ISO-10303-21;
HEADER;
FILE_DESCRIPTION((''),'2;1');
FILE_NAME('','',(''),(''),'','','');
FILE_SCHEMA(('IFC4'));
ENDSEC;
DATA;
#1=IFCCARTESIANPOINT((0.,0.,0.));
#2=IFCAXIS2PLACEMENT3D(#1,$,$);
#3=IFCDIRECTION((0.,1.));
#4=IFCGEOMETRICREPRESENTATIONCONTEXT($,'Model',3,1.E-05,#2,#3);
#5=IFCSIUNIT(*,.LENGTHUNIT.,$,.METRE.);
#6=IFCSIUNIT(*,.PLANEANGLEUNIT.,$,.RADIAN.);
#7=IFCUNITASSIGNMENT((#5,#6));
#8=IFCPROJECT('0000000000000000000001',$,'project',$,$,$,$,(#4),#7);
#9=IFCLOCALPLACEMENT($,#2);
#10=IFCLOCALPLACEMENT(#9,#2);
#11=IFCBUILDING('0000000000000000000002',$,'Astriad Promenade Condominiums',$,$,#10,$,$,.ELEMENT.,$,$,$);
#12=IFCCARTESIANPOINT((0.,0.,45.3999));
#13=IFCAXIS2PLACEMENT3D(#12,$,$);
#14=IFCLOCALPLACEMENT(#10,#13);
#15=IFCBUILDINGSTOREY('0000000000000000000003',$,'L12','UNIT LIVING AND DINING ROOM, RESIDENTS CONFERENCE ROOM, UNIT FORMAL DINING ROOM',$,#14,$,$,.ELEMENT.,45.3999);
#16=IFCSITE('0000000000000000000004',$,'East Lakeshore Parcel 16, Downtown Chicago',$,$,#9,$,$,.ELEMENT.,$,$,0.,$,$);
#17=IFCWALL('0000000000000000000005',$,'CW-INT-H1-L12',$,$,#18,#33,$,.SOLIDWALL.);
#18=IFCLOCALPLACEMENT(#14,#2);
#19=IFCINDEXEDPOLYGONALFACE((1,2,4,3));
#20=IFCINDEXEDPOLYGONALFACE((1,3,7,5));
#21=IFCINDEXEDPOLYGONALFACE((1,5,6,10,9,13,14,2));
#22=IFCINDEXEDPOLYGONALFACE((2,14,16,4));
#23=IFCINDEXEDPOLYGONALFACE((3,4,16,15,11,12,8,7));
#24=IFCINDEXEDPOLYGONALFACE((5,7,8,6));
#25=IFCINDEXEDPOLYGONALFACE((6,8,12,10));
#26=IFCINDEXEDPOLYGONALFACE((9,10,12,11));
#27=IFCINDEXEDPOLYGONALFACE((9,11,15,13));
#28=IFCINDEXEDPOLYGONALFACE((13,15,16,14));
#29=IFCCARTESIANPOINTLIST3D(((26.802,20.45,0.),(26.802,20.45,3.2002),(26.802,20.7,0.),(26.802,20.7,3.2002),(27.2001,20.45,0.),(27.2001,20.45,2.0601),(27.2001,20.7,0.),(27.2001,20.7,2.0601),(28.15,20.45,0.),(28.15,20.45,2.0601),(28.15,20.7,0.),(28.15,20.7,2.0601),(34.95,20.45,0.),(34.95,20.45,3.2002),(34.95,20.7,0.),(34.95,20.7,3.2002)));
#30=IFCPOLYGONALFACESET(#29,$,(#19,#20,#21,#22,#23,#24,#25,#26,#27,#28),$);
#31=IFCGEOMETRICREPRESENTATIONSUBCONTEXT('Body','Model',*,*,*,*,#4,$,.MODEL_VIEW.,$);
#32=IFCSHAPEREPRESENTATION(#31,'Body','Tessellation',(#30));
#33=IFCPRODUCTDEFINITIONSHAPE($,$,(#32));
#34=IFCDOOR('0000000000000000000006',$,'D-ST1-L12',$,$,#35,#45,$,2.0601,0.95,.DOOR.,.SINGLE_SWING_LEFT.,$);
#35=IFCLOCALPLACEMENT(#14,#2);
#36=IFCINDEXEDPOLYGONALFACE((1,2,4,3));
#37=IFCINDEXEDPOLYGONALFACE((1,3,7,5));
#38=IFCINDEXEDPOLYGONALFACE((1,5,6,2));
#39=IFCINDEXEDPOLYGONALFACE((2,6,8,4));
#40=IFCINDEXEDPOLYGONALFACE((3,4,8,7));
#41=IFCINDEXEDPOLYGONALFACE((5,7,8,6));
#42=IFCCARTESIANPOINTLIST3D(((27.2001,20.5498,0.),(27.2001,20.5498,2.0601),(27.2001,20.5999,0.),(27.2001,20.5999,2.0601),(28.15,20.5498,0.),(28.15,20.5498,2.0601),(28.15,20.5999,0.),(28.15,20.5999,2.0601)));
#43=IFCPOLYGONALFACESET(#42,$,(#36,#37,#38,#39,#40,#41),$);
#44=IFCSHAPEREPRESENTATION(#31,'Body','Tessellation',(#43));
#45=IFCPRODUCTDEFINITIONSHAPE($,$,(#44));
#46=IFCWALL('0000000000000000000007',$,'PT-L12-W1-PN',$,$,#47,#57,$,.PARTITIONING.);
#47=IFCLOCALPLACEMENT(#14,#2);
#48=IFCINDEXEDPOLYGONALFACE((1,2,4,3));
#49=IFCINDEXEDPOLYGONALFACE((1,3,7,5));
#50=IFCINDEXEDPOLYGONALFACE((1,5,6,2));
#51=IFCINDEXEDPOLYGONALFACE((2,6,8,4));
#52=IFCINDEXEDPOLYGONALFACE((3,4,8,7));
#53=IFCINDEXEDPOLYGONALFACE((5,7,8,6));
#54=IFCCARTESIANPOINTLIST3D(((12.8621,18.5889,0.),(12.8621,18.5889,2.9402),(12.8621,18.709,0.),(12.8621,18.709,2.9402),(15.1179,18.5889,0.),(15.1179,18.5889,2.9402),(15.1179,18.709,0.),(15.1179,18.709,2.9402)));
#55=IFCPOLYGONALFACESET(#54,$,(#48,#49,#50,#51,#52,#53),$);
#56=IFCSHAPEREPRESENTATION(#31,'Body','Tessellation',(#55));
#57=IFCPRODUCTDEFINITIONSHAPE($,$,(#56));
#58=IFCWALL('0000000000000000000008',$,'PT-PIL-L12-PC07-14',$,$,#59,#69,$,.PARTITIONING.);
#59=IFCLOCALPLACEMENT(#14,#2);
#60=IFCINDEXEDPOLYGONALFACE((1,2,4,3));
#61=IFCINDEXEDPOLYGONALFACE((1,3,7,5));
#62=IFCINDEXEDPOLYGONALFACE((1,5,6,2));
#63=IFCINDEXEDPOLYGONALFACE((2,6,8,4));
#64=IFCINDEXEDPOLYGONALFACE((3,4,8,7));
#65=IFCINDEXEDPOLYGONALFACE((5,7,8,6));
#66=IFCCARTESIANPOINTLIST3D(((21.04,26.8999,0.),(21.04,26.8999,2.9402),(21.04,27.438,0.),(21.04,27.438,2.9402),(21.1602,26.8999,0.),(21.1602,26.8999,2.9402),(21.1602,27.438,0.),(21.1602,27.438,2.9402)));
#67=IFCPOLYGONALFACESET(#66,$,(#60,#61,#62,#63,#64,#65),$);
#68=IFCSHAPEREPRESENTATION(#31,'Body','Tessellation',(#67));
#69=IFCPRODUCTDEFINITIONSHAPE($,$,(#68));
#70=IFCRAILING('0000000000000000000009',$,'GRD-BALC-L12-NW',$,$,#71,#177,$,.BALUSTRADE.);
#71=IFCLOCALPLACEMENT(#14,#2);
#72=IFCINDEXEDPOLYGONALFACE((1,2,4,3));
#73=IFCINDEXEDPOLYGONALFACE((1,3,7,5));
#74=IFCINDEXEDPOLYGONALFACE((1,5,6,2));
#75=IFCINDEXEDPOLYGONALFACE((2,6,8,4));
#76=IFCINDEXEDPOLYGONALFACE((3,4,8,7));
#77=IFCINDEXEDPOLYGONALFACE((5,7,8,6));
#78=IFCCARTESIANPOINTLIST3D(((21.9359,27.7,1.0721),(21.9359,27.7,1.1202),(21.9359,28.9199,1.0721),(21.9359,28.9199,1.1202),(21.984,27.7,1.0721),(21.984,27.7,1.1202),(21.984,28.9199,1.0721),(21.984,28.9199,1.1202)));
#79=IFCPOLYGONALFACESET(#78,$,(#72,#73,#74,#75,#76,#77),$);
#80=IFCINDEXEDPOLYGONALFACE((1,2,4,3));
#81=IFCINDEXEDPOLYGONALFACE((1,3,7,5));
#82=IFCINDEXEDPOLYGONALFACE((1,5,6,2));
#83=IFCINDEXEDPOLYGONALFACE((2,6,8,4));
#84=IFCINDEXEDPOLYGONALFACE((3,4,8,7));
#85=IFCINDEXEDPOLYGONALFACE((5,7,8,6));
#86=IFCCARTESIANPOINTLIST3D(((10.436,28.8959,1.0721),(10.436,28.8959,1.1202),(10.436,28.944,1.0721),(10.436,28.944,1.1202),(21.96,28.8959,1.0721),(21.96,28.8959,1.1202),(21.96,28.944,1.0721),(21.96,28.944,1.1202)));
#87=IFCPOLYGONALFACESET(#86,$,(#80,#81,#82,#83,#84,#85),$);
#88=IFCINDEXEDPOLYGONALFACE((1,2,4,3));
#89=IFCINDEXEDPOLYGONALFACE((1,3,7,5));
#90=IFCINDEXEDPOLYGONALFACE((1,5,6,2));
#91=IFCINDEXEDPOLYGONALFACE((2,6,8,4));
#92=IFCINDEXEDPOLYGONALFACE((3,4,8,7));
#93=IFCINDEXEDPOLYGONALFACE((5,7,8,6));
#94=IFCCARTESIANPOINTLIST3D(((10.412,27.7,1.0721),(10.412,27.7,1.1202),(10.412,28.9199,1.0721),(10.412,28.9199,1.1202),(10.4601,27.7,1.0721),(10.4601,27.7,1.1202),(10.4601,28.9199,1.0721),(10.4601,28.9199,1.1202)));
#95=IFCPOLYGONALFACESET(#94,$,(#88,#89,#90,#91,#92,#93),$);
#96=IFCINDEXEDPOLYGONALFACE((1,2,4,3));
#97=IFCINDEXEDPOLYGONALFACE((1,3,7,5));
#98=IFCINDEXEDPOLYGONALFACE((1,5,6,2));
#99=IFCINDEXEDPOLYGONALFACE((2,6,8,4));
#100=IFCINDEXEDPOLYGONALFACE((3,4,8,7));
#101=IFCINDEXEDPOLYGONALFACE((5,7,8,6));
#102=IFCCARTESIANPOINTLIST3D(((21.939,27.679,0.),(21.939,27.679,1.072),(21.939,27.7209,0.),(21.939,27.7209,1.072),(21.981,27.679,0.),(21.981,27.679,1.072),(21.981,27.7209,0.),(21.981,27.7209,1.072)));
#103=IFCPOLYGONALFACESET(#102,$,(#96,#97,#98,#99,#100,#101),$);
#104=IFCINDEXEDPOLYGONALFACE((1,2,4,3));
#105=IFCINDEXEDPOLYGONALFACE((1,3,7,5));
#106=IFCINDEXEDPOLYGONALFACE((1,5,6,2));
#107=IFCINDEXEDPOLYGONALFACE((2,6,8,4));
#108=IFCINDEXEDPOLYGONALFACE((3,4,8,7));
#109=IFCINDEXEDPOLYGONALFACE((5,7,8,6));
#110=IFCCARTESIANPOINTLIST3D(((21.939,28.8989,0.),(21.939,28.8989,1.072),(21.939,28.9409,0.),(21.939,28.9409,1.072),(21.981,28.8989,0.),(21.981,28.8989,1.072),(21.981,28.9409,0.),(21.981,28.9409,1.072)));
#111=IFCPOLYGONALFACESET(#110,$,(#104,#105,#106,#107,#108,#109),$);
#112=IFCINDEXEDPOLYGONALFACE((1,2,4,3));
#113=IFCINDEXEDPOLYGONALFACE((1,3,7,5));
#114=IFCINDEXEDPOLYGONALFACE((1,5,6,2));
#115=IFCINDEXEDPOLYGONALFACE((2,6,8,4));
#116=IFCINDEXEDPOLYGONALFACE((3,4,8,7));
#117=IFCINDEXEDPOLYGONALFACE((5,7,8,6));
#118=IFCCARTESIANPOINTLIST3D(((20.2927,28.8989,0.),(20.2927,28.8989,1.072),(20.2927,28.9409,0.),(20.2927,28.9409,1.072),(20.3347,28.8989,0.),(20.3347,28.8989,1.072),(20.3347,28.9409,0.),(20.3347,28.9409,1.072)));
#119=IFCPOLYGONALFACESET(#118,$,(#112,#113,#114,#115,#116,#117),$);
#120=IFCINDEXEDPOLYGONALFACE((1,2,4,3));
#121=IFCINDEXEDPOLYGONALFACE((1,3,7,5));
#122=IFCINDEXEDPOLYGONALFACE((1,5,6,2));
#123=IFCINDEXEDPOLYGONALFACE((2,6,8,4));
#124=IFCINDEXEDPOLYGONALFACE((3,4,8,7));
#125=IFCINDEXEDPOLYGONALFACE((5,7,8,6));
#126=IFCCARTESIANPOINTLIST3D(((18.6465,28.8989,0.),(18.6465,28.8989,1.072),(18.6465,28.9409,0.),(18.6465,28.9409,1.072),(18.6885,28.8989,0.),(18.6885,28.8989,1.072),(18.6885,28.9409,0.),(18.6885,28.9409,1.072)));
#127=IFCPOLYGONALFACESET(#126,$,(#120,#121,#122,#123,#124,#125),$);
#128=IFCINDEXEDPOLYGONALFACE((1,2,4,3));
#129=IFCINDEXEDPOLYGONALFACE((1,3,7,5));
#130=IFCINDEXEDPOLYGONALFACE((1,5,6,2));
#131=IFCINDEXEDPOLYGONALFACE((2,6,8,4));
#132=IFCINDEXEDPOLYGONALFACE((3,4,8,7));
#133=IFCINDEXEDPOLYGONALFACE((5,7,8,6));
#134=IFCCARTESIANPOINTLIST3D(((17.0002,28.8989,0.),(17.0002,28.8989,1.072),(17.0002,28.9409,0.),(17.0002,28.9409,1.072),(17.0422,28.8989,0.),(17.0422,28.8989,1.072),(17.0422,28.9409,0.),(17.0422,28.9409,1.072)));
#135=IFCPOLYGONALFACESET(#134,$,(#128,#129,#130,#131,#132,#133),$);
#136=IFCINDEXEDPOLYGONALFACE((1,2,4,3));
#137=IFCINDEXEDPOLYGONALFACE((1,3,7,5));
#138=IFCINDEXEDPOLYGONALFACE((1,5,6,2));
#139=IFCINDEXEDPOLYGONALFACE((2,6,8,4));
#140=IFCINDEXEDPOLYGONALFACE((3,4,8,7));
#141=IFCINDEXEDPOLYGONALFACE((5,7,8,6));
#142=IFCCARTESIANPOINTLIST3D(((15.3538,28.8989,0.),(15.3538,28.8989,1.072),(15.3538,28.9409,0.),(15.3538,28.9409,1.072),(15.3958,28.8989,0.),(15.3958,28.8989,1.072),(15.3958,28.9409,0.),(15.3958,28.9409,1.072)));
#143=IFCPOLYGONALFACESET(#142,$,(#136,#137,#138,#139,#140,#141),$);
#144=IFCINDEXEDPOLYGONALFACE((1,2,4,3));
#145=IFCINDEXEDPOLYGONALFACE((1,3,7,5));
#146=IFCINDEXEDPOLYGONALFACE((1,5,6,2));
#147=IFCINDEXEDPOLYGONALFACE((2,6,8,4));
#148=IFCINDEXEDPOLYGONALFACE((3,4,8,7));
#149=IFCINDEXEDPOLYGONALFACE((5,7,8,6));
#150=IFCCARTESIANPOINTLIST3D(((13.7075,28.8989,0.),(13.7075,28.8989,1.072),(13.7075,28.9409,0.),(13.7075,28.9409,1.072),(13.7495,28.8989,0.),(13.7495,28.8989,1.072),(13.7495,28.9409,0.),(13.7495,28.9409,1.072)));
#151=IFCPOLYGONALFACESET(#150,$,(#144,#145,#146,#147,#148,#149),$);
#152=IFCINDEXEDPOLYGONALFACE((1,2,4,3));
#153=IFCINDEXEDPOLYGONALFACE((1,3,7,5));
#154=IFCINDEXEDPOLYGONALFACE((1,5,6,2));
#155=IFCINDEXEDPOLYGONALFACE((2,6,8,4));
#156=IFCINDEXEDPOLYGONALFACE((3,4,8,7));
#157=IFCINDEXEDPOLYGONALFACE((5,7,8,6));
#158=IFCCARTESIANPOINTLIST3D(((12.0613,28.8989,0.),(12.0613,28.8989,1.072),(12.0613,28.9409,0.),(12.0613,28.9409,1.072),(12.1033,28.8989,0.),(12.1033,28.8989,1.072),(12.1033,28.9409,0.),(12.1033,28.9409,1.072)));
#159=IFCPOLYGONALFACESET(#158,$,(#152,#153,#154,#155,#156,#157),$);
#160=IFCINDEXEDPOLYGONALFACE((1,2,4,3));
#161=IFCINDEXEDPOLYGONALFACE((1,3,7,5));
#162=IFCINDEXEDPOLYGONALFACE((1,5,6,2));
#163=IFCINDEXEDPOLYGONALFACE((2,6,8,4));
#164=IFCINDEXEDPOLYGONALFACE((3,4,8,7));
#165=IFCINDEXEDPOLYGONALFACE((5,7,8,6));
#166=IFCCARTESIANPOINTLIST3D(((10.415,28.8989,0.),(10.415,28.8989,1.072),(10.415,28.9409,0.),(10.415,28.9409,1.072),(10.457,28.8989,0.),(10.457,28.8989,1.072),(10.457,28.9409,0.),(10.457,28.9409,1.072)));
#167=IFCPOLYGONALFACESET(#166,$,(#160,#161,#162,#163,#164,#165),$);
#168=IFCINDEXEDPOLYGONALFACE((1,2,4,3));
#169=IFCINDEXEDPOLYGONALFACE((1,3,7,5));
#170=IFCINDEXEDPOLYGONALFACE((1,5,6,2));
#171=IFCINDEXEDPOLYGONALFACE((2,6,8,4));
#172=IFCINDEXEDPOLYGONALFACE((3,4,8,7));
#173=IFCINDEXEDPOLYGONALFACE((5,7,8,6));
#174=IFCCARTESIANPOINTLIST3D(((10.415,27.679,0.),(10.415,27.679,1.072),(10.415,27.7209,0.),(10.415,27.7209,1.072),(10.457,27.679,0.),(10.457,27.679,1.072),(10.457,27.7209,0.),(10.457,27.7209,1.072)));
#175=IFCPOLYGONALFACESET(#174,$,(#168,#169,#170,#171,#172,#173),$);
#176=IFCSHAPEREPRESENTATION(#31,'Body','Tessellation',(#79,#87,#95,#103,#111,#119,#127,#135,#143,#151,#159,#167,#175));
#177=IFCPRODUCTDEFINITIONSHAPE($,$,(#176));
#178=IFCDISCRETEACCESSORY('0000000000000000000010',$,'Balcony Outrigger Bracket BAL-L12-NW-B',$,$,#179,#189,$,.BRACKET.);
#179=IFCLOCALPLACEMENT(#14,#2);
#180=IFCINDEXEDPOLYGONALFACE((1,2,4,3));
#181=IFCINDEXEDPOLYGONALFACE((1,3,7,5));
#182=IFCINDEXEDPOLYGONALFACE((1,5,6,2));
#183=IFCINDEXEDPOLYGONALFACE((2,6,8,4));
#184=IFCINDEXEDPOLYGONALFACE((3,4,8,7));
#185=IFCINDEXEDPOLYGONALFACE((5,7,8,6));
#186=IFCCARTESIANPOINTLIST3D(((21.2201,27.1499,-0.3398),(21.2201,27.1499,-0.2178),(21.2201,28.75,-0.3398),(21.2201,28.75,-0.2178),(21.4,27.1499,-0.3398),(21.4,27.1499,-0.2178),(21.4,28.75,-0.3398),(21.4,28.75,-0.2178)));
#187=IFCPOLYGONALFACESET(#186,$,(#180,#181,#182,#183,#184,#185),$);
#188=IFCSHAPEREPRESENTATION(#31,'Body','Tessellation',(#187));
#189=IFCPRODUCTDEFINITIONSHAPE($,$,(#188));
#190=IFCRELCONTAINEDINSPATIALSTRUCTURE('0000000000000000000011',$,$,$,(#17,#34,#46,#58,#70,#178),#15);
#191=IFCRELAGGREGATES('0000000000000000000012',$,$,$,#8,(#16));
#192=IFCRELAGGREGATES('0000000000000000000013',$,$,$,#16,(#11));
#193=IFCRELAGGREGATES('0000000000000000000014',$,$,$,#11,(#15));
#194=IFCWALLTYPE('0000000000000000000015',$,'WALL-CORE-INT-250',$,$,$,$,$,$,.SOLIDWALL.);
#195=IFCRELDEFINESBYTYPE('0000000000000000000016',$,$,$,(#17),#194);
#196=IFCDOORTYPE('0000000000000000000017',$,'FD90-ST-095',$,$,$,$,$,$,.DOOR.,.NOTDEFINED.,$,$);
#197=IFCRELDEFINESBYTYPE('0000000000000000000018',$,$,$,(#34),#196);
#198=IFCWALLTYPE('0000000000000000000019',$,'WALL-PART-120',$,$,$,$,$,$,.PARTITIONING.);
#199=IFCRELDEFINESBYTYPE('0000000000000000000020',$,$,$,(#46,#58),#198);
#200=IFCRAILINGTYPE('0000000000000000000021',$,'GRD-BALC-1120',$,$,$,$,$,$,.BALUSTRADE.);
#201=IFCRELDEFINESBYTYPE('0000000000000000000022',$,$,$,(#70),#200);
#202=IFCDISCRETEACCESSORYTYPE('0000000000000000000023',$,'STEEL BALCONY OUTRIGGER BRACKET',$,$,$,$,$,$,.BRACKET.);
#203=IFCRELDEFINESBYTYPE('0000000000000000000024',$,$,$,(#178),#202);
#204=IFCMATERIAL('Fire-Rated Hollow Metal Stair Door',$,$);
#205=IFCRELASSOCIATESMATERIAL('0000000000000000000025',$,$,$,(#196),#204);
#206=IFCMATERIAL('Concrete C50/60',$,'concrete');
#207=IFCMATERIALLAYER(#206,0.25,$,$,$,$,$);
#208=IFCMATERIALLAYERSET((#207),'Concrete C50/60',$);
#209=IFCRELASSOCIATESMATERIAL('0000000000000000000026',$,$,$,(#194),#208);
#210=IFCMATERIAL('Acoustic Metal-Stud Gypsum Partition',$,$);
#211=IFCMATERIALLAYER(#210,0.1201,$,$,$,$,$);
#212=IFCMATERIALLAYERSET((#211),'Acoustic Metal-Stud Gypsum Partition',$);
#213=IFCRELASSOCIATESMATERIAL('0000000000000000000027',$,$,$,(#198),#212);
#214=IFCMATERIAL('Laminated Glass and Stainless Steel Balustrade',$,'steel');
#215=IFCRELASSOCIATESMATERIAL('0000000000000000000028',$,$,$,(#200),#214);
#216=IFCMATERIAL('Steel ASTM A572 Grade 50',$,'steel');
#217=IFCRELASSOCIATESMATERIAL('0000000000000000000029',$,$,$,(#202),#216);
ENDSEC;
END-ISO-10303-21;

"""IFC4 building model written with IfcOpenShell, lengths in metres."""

from ifc_helpers import new_model, si_unit, direction, frame, frame_2d, origin, origin_2d, place, context, subcontext, project, spatial, rectangle, extrude, source, transform, mapped, material, layer, layer_set, type_object, type_shapes, element, fill, save


model = new_model("IFC4")

# Units and contexts
model_context = context("Model", 3, precision=1e-05, world=origin(), true_north=direction((0.0, 1.0)))
body_context = subcontext(model_context, "Body", "Model", "MODEL_VIEW")
ifc_project = project(units=[si_unit("LENGTHUNIT", "METRE"), si_unit("PLANEANGLEUNIT", "RADIAN")], contexts=[model_context])

# Site, building, storey
site_placement = place(None, origin())
site = spatial("IfcSite", under=ifc_project, at=site_placement, Name="East Lakeshore Parcel 16, Downtown Chicago", CompositionType="ELEMENT", RefElevation=0.0)
building_placement = place(site_placement, origin())
building = spatial("IfcBuilding", under=site, at=building_placement, Name="Astriad Promenade Condominiums", CompositionType="ELEMENT")
storey_placement = place(building_placement, frame((0.0, 0.0, 45.3999)))
storey = spatial("IfcBuildingStorey", under=building, at=storey_placement, Name="L12", Description="UNIT LIVING AND DINING ROOM, RESIDENTS CONFERENCE ROOM, UNIT FORMAL DINING ROOM", CompositionType="ELEMENT", Elevation=45.3999)

# Shared definitions
ifc_material_1 = material(Name="Fire-Rated Hollow Metal Stair Door")
door_type_1 = type_object("IfcDoorType", Name="FD90-ST-095", OperationType="NOTDEFINED", PredefinedType="DOOR", material=ifc_material_1)
shared_shape_1 = source(origin(), body_context, "Body", "SweptSolid", [
    extrude(rectangle(XDim=0.95, YDim=2.0601, at=frame_2d((0.4751, 1.03))), frame((0.0, 0.0249, 0.0), z_axis=(0.0, -1.0, 0.0), x_axis=(1.0, 0.0, 0.0)), (0.0, 0.0, 1.0), 0.05),
])
type_shapes(door_type_1, [shared_shape_1])

# Wall, opening, door
ifc_material_2 = material(Name="Concrete C50/60", Category="concrete")
ifc_layer_1 = layer(ifc_material_2, 0.25)
ifc_layer_set_1 = layer_set([ifc_layer_1], Name="Concrete C50/60")
wall_type_1 = type_object("IfcWallType", Name="WALL-CORE-INT-250", PredefinedType="SOLIDWALL", material=ifc_layer_set_1)
wall_1_placement = place(storey_placement, frame((26.802, 20.575, 0.0), z_axis=(0.0, 0.0, 1.0), x_axis=(1.0, 0.0, 0.0)))
wall_1 = element("IfcWall", 1, at=wall_1_placement, inside=storey, type_object=wall_type_1, Name="CW-INT-H1-L12", PredefinedType="SOLIDWALL", context=body_context, shape_type="SweptSolid", body=[
    extrude(rectangle(XDim=8.1479, YDim=0.25, at=frame_2d((4.074, 0.0))), origin(), (0.0, 0.0, 1.0), 3.2002),
])
opening_1_placement = place(wall_1_placement, frame((0.3979, 0.0, 0.0)))
opening_1 = element("IfcOpeningElement", 2, at=opening_1_placement, cuts=wall_1, PredefinedType="OPENING", context=body_context, shape_type="SweptSolid", body=[
    extrude(rectangle(XDim=0.95, YDim=2.0601, at=frame_2d((0.4751, 1.03))), frame((0.0, 0.135, 0.0), z_axis=(0.0, -1.0, 0.0), x_axis=(1.0, 0.0, 0.0)), (0.0, 0.0, 1.0), 0.27),
])
door_1_placement = place(opening_1_placement, origin())
door_1 = element("IfcDoor", 3, at=door_1_placement, inside=storey, type_object=door_type_1, Name="D-ST1-L12", OperationType="SINGLE_SWING_LEFT", OverallHeight=2.0601, OverallWidth=0.95, PredefinedType="DOOR", context=body_context, shape_type="MappedRepresentation", body=[
    mapped(shared_shape_1, transform((0.0, 0.0, 0.0), scale=1.0)),
])
fill(opening_1, door_1)

# Walls
ifc_material_3 = material(Name="Acoustic Metal-Stud Gypsum Partition")
ifc_layer_2 = layer(ifc_material_3, 0.1201)
ifc_layer_set_2 = layer_set([ifc_layer_2], Name="Acoustic Metal-Stud Gypsum Partition")
wall_type_2 = type_object("IfcWallType", Name="WALL-PART-120", PredefinedType="PARTITIONING", material=ifc_layer_set_2)
wall_2_placement = place(storey_placement, frame((12.8621, 18.6489, 0.0), z_axis=(0.0, 0.0, 1.0), x_axis=(1.0, 0.0, 0.0)))
element("IfcWall", 4, at=wall_2_placement, inside=storey, type_object=wall_type_2, Name="PT-L12-W1-PN", PredefinedType="PARTITIONING", context=body_context, shape_type="SweptSolid", body=[
    extrude(rectangle(XDim=2.2559, YDim=0.1201, at=frame_2d((1.1279, 0.0))), origin(), (0.0, 0.0, 1.0), 2.9402),
])
wall_3_placement = place(storey_placement, frame((21.1001, 26.8999, 0.0), z_axis=(0.0, 0.0, 1.0), x_axis=(0.0, 1.0, 0.0)))
element("IfcWall", 5, at=wall_3_placement, inside=storey, type_object=wall_type_2, Name="PT-PIL-L12-PC07-14", PredefinedType="PARTITIONING", context=body_context, shape_type="SweptSolid", body=[
    extrude(rectangle(XDim=0.5381, YDim=0.1201, at=frame_2d((0.269, 0.0))), origin(), (0.0, 0.0, 1.0), 2.9402),
])

# Railing
ifc_material_4 = material(Name="Laminated Glass and Stainless Steel Balustrade", Category="steel")
railing_type = type_object("IfcRailingType", Name="GRD-BALC-1120", PredefinedType="BALUSTRADE", material=ifc_material_4)
shared_shape_2 = source(origin(), body_context, "Body", "SweptSolid", [
    extrude(rectangle(XDim=0.0481, YDim=0.0481, at=origin_2d()), frame((0.0, 0.0, 1.0962), z_axis=(0.0, 1.0, 0.0), x_axis=(-1.0, 0.0, 0.0)), (0.0, 0.0, 1.0), 1.22),
    extrude(rectangle(XDim=0.0481, YDim=0.0481, at=origin_2d()), frame((0.0, 1.22, 1.0962), z_axis=(-1.0, 0.0, 0.0), x_axis=(0.0, -1.0, 0.0)), (0.0, 0.0, 1.0), 11.5239),
    extrude(rectangle(XDim=0.0481, YDim=0.0481, at=origin_2d()), frame((-11.5239, 1.22, 1.0962), z_axis=(0.0, -1.0, 0.0), x_axis=(1.0, 0.0, 0.0)), (0.0, 0.0, 1.0), 1.22),
    extrude(rectangle(XDim=0.042, YDim=0.042, at=origin_2d()), origin(), (0.0, 0.0, 1.0), 1.072),
    extrude(rectangle(XDim=0.042, YDim=0.042, at=origin_2d()), frame((0.0, 1.22, 0.0)), (0.0, 0.0, 1.0), 1.072),
    extrude(rectangle(XDim=0.042, YDim=0.042, at=origin_2d()), frame((-1.6462, 1.22, 0.0)), (0.0, 0.0, 1.0), 1.072),
    extrude(rectangle(XDim=0.042, YDim=0.042, at=origin_2d()), frame((-3.2925, 1.22, 0.0)), (0.0, 0.0, 1.0), 1.072),
    extrude(rectangle(XDim=0.042, YDim=0.042, at=origin_2d()), frame((-4.9387, 1.22, 0.0)), (0.0, 0.0, 1.0), 1.072),
    extrude(rectangle(XDim=0.042, YDim=0.042, at=origin_2d()), frame((-6.5852, 1.22, 0.0)), (0.0, 0.0, 1.0), 1.072),
    extrude(rectangle(XDim=0.042, YDim=0.042, at=origin_2d()), frame((-8.2314, 1.22, 0.0)), (0.0, 0.0, 1.0), 1.072),
    extrude(rectangle(XDim=0.042, YDim=0.042, at=origin_2d()), frame((-9.8777, 1.22, 0.0)), (0.0, 0.0, 1.0), 1.072),
    extrude(rectangle(XDim=0.042, YDim=0.042, at=origin_2d()), frame((-11.5239, 1.22, 0.0)), (0.0, 0.0, 1.0), 1.072),
    extrude(rectangle(XDim=0.042, YDim=0.042, at=origin_2d()), frame((-11.5239, 0.0, 0.0)), (0.0, 0.0, 1.0), 1.072),
])
type_shapes(railing_type, [shared_shape_2])
railing_placement = place(storey_placement, frame((21.96, 27.7, 0.0)))
element("IfcRailing", 6, at=railing_placement, inside=storey, type_object=railing_type, Name="GRD-BALC-L12-NW", PredefinedType="BALUSTRADE", context=body_context, shape_type="MappedRepresentation", body=[
    mapped(shared_shape_2, transform((0.0, 0.0, 0.0), scale=1.0)),
])

# Discrete accessory
ifc_material_5 = material(Name="Steel ASTM A572 Grade 50", Category="steel")
discrete_accessory_type = type_object("IfcDiscreteAccessoryType", Name="STEEL BALCONY OUTRIGGER BRACKET", PredefinedType="BRACKET", material=ifc_material_5)
shared_shape_3 = source(origin(), body_context, "Body", "SweptSolid", [
    extrude(rectangle(XDim=1.6001, YDim=0.1799, at=origin_2d()), origin(), (0.0, 0.0, 1.0), 0.1221),
])
type_shapes(discrete_accessory_type, [shared_shape_3])
discrete_accessory_placement = place(storey_placement, frame((21.3101, 27.95, -0.3398), z_axis=(0.0, 0.0, 1.0), x_axis=(0.0, 1.0, 0.0)))
element("IfcDiscreteAccessory", 7, at=discrete_accessory_placement, inside=storey, type_object=discrete_accessory_type, Name="Balcony Outrigger Bracket BAL-L12-NW-B", PredefinedType="BRACKET", context=body_context, shape_type="MappedRepresentation", body=[
    mapped(shared_shape_3, transform((0.0, 0.0, 0.0), scale=1.0)),
])

save(model, "model.ifc")
